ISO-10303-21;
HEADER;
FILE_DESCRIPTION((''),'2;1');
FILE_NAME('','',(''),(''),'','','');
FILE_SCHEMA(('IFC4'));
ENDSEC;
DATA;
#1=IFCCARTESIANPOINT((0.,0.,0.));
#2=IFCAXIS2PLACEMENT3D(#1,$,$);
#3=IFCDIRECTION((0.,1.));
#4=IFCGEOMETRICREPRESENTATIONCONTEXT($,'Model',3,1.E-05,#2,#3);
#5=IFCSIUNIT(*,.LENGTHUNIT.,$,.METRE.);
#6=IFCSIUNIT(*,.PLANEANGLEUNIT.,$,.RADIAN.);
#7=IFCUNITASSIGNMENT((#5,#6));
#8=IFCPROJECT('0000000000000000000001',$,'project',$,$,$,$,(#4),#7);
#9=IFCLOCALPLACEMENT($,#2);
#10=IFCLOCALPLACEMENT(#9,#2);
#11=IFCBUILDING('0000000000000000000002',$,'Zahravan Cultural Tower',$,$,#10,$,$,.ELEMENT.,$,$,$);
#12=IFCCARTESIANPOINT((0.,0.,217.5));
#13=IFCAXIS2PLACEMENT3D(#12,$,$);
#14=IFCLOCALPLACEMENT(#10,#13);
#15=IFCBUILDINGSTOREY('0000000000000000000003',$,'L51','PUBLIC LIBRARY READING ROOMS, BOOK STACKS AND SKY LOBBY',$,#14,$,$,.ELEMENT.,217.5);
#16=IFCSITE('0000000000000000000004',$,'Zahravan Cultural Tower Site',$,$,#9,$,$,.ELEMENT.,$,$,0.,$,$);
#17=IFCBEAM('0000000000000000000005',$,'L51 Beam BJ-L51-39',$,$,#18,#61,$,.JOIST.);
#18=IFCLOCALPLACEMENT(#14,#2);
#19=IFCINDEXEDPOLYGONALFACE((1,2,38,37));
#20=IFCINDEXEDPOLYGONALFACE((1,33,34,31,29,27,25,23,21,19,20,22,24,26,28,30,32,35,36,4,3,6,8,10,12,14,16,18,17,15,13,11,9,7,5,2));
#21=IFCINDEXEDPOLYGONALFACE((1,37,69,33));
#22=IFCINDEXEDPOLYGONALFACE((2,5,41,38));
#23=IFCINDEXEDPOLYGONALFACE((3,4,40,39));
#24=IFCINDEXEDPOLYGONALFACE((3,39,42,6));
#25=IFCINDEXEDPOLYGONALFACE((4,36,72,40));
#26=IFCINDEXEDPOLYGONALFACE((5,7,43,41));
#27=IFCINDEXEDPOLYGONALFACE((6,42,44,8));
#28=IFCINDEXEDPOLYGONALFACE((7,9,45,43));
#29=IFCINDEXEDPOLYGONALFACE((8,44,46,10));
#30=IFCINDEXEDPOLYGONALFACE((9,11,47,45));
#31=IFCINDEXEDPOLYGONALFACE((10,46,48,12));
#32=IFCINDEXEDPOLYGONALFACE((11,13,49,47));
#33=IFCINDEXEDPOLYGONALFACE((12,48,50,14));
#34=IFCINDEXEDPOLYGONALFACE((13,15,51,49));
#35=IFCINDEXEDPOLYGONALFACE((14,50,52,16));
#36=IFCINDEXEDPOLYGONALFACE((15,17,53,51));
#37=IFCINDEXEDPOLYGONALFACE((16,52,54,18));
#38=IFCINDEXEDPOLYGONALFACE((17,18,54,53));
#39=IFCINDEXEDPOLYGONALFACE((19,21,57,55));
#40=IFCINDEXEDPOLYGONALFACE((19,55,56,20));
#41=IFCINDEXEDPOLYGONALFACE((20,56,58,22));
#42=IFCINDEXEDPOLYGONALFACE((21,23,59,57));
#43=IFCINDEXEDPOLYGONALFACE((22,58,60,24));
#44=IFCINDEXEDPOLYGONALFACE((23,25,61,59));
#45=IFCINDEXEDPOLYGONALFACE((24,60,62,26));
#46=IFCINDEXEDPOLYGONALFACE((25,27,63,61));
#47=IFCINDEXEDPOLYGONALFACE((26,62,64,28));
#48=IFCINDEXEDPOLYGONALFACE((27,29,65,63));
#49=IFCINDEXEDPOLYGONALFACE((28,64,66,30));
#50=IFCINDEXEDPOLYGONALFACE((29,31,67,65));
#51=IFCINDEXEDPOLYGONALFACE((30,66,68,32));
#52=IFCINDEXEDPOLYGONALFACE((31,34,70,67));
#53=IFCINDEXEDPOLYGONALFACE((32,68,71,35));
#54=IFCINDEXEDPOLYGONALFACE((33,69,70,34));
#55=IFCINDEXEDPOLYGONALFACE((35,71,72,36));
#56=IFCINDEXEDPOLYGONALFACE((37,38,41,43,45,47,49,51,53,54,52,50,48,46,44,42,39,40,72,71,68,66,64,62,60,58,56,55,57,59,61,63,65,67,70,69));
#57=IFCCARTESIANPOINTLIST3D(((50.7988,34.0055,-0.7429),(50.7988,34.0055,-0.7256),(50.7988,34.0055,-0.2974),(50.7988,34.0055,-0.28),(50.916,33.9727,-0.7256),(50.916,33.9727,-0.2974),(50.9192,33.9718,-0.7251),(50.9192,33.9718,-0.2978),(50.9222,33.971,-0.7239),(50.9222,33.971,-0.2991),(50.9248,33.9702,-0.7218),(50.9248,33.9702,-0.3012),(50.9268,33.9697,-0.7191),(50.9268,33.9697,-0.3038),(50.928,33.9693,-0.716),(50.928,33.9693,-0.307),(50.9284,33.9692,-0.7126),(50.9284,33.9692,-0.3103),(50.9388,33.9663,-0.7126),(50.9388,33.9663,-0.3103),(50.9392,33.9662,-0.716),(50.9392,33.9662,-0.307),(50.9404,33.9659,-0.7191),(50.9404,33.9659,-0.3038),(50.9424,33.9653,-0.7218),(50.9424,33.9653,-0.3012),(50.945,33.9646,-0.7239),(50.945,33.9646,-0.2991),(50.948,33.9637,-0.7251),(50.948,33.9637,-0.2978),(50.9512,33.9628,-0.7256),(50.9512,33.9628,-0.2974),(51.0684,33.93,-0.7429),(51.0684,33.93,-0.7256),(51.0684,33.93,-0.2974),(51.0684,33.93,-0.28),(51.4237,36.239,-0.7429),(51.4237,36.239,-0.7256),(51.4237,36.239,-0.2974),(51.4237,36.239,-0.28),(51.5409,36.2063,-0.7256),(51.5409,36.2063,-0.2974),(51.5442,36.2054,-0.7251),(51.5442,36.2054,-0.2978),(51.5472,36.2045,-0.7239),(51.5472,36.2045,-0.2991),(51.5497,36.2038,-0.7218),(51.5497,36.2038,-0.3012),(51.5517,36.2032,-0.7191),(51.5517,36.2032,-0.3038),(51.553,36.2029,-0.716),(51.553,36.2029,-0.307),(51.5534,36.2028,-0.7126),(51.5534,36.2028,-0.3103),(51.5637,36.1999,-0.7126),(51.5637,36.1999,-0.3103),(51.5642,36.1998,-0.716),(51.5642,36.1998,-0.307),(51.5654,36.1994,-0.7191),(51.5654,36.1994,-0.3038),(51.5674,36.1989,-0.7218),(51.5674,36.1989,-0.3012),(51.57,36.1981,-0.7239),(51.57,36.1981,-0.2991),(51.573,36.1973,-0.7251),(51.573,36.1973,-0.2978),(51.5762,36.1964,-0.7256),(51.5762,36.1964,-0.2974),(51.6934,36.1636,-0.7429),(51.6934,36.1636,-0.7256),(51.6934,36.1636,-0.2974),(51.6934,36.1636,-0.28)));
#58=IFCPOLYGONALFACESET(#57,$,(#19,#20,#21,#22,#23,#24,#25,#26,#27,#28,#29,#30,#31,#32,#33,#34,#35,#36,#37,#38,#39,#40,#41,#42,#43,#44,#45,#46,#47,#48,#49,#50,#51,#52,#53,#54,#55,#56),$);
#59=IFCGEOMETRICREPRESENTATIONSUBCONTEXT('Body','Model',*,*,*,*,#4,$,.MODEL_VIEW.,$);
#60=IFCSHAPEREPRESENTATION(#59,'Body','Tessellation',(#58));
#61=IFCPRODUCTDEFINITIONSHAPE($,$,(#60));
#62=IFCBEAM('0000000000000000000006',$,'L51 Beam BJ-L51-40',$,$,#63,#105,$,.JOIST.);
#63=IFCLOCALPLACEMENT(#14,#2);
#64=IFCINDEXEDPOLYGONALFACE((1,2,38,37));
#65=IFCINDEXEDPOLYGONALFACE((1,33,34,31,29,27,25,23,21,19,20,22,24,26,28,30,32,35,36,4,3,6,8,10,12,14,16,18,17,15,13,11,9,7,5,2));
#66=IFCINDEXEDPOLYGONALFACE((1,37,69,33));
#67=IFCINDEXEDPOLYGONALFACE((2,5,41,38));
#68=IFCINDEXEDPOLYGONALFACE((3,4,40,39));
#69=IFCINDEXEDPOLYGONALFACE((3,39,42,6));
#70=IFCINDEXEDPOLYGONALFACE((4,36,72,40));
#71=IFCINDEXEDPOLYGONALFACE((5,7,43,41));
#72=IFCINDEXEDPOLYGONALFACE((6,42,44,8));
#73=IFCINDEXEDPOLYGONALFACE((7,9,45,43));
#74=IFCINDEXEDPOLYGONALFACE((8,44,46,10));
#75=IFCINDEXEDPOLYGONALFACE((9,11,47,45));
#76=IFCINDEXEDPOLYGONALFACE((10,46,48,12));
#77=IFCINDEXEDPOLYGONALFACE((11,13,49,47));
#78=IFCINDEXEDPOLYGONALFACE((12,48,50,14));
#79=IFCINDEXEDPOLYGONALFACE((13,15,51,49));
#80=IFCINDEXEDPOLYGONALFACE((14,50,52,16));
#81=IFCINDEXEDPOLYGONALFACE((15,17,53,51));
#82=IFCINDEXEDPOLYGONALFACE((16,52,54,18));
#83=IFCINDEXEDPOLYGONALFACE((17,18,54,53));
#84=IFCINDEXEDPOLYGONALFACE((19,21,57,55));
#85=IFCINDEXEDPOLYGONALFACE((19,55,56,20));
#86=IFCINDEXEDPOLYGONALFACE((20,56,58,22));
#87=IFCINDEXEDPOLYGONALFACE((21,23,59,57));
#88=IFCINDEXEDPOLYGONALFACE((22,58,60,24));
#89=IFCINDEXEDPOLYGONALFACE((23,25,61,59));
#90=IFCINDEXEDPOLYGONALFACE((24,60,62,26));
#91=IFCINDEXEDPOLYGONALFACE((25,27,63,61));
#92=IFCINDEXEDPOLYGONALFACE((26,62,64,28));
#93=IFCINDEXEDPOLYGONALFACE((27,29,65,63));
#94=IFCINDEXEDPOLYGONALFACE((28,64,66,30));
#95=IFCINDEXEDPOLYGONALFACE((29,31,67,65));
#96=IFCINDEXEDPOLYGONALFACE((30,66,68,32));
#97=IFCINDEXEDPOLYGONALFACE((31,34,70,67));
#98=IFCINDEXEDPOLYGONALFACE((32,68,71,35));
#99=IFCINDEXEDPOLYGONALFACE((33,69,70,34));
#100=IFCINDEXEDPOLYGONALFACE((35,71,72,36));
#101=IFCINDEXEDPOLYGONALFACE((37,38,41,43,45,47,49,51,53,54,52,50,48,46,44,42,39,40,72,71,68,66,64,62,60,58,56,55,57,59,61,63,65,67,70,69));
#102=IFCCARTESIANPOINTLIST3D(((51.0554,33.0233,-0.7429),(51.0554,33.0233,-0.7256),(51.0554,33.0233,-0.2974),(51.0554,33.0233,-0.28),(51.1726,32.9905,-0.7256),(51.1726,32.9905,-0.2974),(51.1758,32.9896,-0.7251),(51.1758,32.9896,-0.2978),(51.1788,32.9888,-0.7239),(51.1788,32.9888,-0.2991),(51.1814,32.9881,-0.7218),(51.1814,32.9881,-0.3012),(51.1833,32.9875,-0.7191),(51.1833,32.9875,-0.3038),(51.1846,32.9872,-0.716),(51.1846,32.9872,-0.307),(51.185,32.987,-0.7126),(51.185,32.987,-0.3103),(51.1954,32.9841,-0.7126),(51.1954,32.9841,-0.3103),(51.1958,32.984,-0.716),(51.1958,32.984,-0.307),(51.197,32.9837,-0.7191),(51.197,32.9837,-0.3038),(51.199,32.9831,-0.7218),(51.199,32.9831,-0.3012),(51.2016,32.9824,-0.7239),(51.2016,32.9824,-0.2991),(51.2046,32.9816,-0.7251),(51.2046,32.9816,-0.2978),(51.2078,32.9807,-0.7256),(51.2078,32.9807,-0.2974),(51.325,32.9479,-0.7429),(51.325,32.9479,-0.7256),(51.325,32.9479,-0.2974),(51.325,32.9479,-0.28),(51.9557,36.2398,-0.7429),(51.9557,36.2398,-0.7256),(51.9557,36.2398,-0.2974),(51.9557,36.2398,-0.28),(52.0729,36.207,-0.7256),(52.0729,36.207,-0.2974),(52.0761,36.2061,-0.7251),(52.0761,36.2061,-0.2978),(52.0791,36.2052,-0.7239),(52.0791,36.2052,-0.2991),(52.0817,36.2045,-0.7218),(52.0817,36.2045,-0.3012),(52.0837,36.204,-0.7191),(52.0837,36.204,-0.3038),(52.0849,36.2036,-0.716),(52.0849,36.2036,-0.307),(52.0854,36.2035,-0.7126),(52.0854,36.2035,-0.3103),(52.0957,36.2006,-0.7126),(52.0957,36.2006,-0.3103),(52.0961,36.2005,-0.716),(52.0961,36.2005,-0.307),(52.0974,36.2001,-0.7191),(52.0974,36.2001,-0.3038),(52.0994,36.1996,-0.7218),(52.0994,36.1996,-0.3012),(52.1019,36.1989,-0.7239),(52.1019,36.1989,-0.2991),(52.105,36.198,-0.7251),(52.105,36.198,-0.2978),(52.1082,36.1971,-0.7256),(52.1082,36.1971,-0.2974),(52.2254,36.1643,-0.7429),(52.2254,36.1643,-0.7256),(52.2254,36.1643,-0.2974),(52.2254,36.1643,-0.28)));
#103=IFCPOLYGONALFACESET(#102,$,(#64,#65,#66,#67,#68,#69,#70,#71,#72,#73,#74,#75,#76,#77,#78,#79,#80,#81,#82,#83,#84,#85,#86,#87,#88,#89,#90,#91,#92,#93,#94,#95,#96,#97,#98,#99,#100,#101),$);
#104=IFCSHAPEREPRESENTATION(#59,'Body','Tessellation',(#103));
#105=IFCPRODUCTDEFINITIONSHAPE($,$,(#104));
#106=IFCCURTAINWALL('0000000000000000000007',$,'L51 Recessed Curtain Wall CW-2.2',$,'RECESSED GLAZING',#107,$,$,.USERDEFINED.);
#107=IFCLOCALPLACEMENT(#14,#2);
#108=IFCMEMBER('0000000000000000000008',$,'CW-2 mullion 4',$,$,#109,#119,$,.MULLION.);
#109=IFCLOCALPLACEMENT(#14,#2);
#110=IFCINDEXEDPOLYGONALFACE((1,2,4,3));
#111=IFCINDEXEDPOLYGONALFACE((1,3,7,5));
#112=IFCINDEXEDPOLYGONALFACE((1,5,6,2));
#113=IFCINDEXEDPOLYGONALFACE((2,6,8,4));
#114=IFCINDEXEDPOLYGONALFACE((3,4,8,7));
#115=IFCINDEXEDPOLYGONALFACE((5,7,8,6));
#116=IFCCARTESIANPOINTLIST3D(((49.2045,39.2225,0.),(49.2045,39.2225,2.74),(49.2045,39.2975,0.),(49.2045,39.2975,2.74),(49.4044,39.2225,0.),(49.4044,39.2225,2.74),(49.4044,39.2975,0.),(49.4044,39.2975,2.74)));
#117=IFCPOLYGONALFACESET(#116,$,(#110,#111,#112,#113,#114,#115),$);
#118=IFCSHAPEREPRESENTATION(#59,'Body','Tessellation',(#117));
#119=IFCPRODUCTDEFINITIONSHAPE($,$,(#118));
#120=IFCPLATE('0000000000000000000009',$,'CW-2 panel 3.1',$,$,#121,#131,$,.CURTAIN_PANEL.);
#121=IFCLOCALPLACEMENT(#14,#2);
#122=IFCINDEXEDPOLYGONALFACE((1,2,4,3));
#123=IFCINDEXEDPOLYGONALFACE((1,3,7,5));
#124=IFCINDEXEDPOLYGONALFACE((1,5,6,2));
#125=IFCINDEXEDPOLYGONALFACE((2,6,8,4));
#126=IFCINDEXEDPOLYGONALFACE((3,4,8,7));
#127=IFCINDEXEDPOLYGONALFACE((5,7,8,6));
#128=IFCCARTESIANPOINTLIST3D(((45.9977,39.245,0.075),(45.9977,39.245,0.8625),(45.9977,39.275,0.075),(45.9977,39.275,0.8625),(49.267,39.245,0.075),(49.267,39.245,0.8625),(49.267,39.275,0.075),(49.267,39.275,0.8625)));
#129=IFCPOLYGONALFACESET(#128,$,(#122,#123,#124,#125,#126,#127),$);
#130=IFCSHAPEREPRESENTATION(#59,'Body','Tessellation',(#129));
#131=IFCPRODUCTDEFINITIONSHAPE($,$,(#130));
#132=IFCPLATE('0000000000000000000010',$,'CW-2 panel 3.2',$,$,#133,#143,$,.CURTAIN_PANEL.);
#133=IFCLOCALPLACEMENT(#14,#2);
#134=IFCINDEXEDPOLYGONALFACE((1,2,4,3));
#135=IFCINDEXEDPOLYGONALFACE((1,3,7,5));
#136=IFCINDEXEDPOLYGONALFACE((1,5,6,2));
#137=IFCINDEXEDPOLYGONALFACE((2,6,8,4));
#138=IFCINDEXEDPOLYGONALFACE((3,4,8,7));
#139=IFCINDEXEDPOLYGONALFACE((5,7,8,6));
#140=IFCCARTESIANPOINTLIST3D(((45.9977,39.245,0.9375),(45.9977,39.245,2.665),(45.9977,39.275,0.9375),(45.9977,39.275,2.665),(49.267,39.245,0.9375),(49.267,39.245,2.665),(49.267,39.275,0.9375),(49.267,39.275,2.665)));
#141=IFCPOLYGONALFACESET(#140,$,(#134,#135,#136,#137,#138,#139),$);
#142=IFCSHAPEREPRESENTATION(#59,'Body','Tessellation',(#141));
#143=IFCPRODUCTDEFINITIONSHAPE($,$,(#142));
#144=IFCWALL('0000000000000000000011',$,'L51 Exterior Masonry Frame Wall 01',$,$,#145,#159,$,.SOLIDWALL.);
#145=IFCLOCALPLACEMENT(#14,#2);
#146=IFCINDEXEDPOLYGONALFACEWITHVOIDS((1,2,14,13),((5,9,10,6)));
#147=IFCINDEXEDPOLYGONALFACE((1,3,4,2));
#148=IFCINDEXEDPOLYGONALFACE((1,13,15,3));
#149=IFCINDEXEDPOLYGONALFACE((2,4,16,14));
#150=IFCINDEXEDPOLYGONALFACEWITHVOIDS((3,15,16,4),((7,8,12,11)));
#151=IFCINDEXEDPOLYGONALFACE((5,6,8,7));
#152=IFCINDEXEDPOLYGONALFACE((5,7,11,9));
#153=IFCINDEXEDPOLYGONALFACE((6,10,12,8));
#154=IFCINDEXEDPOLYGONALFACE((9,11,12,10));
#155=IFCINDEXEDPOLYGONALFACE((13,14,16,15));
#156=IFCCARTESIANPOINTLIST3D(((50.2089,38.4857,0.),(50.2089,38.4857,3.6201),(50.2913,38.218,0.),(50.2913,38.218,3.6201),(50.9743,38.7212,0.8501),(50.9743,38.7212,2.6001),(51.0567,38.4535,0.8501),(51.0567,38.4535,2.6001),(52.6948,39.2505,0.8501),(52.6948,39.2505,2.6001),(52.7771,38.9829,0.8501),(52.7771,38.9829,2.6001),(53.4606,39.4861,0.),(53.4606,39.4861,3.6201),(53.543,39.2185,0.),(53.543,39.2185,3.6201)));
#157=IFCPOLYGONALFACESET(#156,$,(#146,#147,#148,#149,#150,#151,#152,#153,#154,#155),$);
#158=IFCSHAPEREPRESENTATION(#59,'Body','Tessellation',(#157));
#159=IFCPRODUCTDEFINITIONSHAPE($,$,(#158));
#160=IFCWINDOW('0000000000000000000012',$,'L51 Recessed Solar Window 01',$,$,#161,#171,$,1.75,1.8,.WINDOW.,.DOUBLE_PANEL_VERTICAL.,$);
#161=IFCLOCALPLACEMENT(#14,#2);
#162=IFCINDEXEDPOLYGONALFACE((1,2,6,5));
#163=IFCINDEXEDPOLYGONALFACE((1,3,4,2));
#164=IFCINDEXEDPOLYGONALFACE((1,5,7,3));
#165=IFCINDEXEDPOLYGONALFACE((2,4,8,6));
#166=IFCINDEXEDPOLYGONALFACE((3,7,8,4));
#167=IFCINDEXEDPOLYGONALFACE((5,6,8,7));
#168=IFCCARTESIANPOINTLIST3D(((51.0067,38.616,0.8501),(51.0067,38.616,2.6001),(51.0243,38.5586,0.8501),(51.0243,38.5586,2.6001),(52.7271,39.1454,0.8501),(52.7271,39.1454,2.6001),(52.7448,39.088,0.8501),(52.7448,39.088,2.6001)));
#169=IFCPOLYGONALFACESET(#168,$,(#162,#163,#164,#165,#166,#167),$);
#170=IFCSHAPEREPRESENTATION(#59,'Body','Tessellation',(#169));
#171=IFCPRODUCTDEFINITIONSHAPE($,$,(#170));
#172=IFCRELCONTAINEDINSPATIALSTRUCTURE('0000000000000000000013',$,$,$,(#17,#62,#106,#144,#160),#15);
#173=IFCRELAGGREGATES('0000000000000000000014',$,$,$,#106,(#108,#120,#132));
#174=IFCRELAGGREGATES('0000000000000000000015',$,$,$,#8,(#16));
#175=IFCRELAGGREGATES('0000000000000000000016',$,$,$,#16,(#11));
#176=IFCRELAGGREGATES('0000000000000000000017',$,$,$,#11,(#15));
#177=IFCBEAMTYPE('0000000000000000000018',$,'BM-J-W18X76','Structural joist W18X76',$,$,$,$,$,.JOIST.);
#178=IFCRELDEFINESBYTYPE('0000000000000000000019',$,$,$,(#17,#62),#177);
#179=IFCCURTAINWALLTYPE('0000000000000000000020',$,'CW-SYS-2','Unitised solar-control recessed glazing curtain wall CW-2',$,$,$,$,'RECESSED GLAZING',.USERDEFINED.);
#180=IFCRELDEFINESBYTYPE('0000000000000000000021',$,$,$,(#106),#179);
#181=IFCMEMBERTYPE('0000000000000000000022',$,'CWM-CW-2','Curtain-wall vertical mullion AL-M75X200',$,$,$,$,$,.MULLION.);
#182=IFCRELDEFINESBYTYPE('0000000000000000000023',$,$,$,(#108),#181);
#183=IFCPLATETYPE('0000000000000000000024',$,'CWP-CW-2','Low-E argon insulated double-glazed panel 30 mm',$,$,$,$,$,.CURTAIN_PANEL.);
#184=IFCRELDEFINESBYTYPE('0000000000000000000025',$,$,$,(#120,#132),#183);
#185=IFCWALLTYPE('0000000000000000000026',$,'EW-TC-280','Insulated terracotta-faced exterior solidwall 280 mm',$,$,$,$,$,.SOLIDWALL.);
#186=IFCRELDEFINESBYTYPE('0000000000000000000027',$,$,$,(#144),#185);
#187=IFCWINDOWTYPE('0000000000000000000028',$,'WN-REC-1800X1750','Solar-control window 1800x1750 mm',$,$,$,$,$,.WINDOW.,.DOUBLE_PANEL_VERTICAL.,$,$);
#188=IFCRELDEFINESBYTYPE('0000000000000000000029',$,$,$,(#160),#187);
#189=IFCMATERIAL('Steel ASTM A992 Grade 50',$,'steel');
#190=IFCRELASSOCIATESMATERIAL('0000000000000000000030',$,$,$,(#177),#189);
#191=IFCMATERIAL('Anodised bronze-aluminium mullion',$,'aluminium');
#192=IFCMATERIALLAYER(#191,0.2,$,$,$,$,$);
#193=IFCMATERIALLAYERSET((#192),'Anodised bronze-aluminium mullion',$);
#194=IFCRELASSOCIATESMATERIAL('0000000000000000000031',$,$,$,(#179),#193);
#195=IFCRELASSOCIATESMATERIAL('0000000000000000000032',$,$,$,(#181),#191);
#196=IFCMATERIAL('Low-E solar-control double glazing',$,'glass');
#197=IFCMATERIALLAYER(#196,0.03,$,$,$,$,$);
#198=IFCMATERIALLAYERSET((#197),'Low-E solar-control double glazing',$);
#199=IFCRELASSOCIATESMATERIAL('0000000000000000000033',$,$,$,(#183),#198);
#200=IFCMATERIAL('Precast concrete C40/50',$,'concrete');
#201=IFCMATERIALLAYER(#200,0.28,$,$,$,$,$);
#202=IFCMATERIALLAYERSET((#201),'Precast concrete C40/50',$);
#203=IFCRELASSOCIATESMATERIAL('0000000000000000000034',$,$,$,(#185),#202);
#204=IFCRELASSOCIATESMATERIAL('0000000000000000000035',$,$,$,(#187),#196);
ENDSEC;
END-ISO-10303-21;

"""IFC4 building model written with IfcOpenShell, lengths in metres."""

from ifc_helpers import new_model, si_unit, direction, frame, frame_2d, origin, origin_2d, place, context, subcontext, project, spatial, rectangle, i_section, extrude, source, transform, mapped, material, layer, layer_set, material_profile, profile_set, type_object, element, fill, aggregate, save


model = new_model("IFC4")

# Units and contexts
model_context = context("Model", 3, precision=1e-05, world=origin(), true_north=direction((0.0, 1.0)))
body_context = subcontext(model_context, "Body", "Model", "MODEL_VIEW")
ifc_project = project(units=[si_unit("LENGTHUNIT", "METRE"), si_unit("PLANEANGLEUNIT", "RADIAN")], contexts=[model_context])

# Site, building, storey
site_placement = place(None, origin())
site = spatial("IfcSite", under=ifc_project, at=site_placement, Name="Zahravan Cultural Tower Site", CompositionType="ELEMENT", RefElevation=0.0)
building_placement = place(site_placement, origin())
building = spatial("IfcBuilding", under=site, at=building_placement, Name="Zahravan Cultural Tower", CompositionType="ELEMENT")
storey_placement = place(building_placement, frame((0.0, 0.0, 217.5)))
storey = spatial("IfcBuildingStorey", under=building, at=storey_placement, Name="L51", Description="PUBLIC LIBRARY READING ROOMS, BOOK STACKS AND SKY LOBBY", CompositionType="ELEMENT", Elevation=217.5)

# Beams
ifc_material_1 = material(Name="Steel ASTM A992 Grade 50", Category="steel")
ifc_material_profile_1 = material_profile(ifc_material_1, i_section(OverallWidth=0.28, OverallDepth=0.4629, WebThickness=0.0107, FlangeThickness=0.0173, FilletRadius=0.0129, at=origin_2d()), Name="W18X76")
ifc_profile_set_1 = profile_set([ifc_material_profile_1], Name="Steel ASTM A992 Grade 50")
beam_type_1 = type_object("IfcBeamType", Name="BM-J-W18X76", Description="Structural joist W18X76", PredefinedType="JOIST", material=ifc_profile_set_1)
shared_shape_1 = source(origin(), body_context, "Body", "SweptSolid", [
    extrude(i_section(OverallWidth=0.28, OverallDepth=0.4629, WebThickness=0.0107, FlangeThickness=0.0173, FilletRadius=0.0129, at=origin_2d()), origin(), (0.0, 0.0, 1.0), 2.3193),
])
beam_1_placement = place(storey_placement, frame((50.9336, 33.9678, -0.5115), z_axis=(0.269462, 0.963011, 0.0), x_axis=(-0.963011, 0.269462, 0.0)))
element("IfcBeam", 1, at=beam_1_placement, inside=storey, type_object=beam_type_1, Name="L51 Beam BJ-L51-39", PredefinedType="JOIST", context=body_context, shape_type="MappedRepresentation", body=[
    mapped(shared_shape_1, transform((0.0, 0.0, 0.0), x_axis=(1.0, 0.0, 0.0), y_axis=(0.0, 1.0, 0.0), z_axis=(0.0, 0.0, 1.0), scale=1.0)),
])
shared_shape_2 = source(origin(), body_context, "Body", "SweptSolid", [
    extrude(i_section(OverallWidth=0.28, OverallDepth=0.4629, WebThickness=0.0107, FlangeThickness=0.0173, FilletRadius=0.0129, at=origin_2d()), origin(), (0.0, 0.0, 1.0), 3.3401),
])
beam_2_placement = place(storey_placement, frame((51.1902, 32.9856, -0.5115), z_axis=(0.269562, 0.962983, 0.0), x_axis=(-0.962983, 0.269562, 0.0)))
element("IfcBeam", 2, at=beam_2_placement, inside=storey, type_object=beam_type_1, Name="L51 Beam BJ-L51-40", PredefinedType="JOIST", context=body_context, shape_type="MappedRepresentation", body=[
    mapped(shared_shape_2, transform((0.0, 0.0, 0.0), x_axis=(1.0, 0.0, 0.0), y_axis=(0.0, 1.0, 0.0), z_axis=(0.0, 0.0, 1.0), scale=1.0)),
])

# Curtain wall, member, plates
ifc_material_2 = material(Name="Anodised bronze-aluminium mullion", Category="aluminium")
ifc_layer_1 = layer(ifc_material_2, 0.2)
ifc_layer_set_1 = layer_set([ifc_layer_1], Name="Anodised bronze-aluminium mullion")
curtain_wall_type = type_object("IfcCurtainWallType", Name="CW-SYS-2", Description="Unitised solar-control recessed glazing curtain wall CW-2", ElementType="RECESSED GLAZING", PredefinedType="USERDEFINED", material=ifc_layer_set_1)
curtain_wall_placement = place(storey_placement, origin())
curtain_wall = element("IfcCurtainWall", 3, at=curtain_wall_placement, inside=storey, type_object=curtain_wall_type, Name="L51 Recessed Curtain Wall CW-2.2", ObjectType="RECESSED GLAZING", PredefinedType="USERDEFINED")
ifc_material_profile_2 = material_profile(ifc_material_2, rectangle(XDim=0.075, YDim=0.2, at=origin_2d()), Name="AL-M75X200")
ifc_profile_set_2 = profile_set([ifc_material_profile_2], Name="Anodised bronze-aluminium mullion")
member_type = type_object("IfcMemberType", Name="CWM-CW-2", Description="Curtain-wall vertical mullion AL-M75X200", PredefinedType="MULLION", material=ifc_profile_set_2)
shared_shape_3 = source(origin(), body_context, "Body", "SweptSolid", [
    extrude(rectangle(XDim=0.075, YDim=0.2, at=origin_2d()), origin(), (0.0, 0.0, 1.0), 2.74),
])
member_placement = place(storey_placement, frame((49.3044, 39.26, 0.0), z_axis=(0.0, 0.0, 1.0), x_axis=(0.0, 1.0, 0.0)))
member = element("IfcMember", 4, at=member_placement, type_object=member_type, Name="CW-2 mullion 4", PredefinedType="MULLION", context=body_context, shape_type="MappedRepresentation", body=[
    mapped(shared_shape_3, transform((0.0, 0.0, 0.0), x_axis=(1.0, 0.0, 0.0), y_axis=(0.0, 1.0, 0.0), z_axis=(0.0, 0.0, 1.0), scale=1.0)),
])
ifc_material_3 = material(Name="Low-E solar-control double glazing", Category="glass")
ifc_layer_2 = layer(ifc_material_3, 0.03)
ifc_layer_set_2 = layer_set([ifc_layer_2], Name="Low-E solar-control double glazing")
plate_type = type_object("IfcPlateType", Name="CWP-CW-2", Description="Low-E argon insulated double-glazed panel 30 mm", PredefinedType="CURTAIN_PANEL", material=ifc_layer_set_2)
shared_shape_4 = source(origin(), body_context, "Body", "SweptSolid", [
    extrude(rectangle(XDim=3.2693, YDim=0.03, at=origin_2d()), origin(), (0.0, 0.0, 1.0), 0.7876),
])
plate_1_placement = place(storey_placement, frame((47.6323, 39.26, 0.075), z_axis=(0.0, 0.0, 1.0), x_axis=(1.0, 0.0, 0.0)))
plate_1 = element("IfcPlate", 5, at=plate_1_placement, type_object=plate_type, Name="CW-2 panel 3.1", PredefinedType="CURTAIN_PANEL", context=body_context, shape_type="MappedRepresentation", body=[
    mapped(shared_shape_4, transform((0.0, 0.0, 0.0), x_axis=(1.0, 0.0, 0.0), y_axis=(0.0, 1.0, 0.0), z_axis=(0.0, 0.0, 1.0), scale=1.0)),
])
shared_shape_5 = source(origin(), body_context, "Body", "SweptSolid", [
    extrude(rectangle(XDim=3.2693, YDim=0.03, at=origin_2d()), origin(), (0.0, 0.0, 1.0), 1.7275),
])
plate_2_placement = place(storey_placement, frame((47.6323, 39.26, 0.9375), z_axis=(0.0, 0.0, 1.0), x_axis=(1.0, 0.0, 0.0)))
plate_2 = element("IfcPlate", 6, at=plate_2_placement, type_object=plate_type, Name="CW-2 panel 3.2", PredefinedType="CURTAIN_PANEL", context=body_context, shape_type="MappedRepresentation", body=[
    mapped(shared_shape_5, transform((0.0, 0.0, 0.0), x_axis=(1.0, 0.0, 0.0), y_axis=(0.0, 1.0, 0.0), z_axis=(0.0, 0.0, 1.0), scale=1.0)),
])
aggregate(curtain_wall, [member, plate_1, plate_2])

# Wall, opening, window
ifc_material_4 = material(Name="Precast concrete C40/50", Category="concrete")
ifc_layer_3 = layer(ifc_material_4, 0.28)
ifc_layer_set_3 = layer_set([ifc_layer_3], Name="Precast concrete C40/50")
wall_type_1 = type_object("IfcWallType", Name="EW-TC-280", Description="Insulated terracotta-faced exterior solidwall 280 mm", PredefinedType="SOLIDWALL", material=ifc_layer_set_3)
wall_1_placement = place(storey_placement, frame((50.25, 38.3518, 0.0), z_axis=(0.0, 0.0, 1.0), x_axis=(0.955782, 0.294076, 0.0)))
wall_1 = element("IfcWall", 7, at=wall_1_placement, inside=storey, type_object=wall_type_1, Name="L51 Exterior Masonry Frame Wall 01", PredefinedType="SOLIDWALL", context=body_context, shape_type="SweptSolid", body=[
    extrude(rectangle(XDim=3.4021, YDim=0.28, at=frame_2d((1.7012, 0.0))), origin(), (0.0, 0.0, 1.0), 3.6201),
])
opening_placement = place(wall_1_placement, frame((0.801, 0.0, 0.8501)))
opening = element("IfcOpeningElement", 8, at=opening_placement, cuts=wall_1, PredefinedType="OPENING", context=body_context, shape_type="SweptSolid", body=[
    extrude(rectangle(XDim=1.8, YDim=1.75, at=frame_2d((0.8999, 0.875))), frame((0.0, 0.1499, 0.0), z_axis=(0.0, -1.0, 0.0), x_axis=(1.0, 0.0, 0.0)), (0.0, 0.0, 1.0), 0.3),
])
window_type = type_object("IfcWindowType", Name="WN-REC-1800X1750", Description="Solar-control window 1800x1750 mm", PartitioningType="DOUBLE_PANEL_VERTICAL", PredefinedType="WINDOW", material=ifc_material_3)
shared_shape_6 = source(origin(), body_context, "Body", "SweptSolid", [
    extrude(rectangle(XDim=1.8, YDim=1.75, at=frame_2d((0.8999, 0.875))), frame((0.0, 0.03, 0.0), z_axis=(0.0, -1.0, 0.0), x_axis=(1.0, 0.0, 0.0)), (0.0, 0.0, 1.0), 0.0601),
])
window_placement = place(opening_placement, origin())
window = element("IfcWindow", 9, at=window_placement, inside=storey, type_object=window_type, Name="L51 Recessed Solar Window 01", OverallHeight=1.75, OverallWidth=1.8, PartitioningType="DOUBLE_PANEL_VERTICAL", PredefinedType="WINDOW", context=body_context, shape_type="MappedRepresentation", body=[
    mapped(shared_shape_6, transform((0.0, 0.0, 0.0), x_axis=(1.0, 0.0, 0.0), y_axis=(0.0, 1.0, 0.0), z_axis=(0.0, 0.0, 1.0), scale=1.0)),
])
fill(opening, window)

save(model, "model.ifc")
